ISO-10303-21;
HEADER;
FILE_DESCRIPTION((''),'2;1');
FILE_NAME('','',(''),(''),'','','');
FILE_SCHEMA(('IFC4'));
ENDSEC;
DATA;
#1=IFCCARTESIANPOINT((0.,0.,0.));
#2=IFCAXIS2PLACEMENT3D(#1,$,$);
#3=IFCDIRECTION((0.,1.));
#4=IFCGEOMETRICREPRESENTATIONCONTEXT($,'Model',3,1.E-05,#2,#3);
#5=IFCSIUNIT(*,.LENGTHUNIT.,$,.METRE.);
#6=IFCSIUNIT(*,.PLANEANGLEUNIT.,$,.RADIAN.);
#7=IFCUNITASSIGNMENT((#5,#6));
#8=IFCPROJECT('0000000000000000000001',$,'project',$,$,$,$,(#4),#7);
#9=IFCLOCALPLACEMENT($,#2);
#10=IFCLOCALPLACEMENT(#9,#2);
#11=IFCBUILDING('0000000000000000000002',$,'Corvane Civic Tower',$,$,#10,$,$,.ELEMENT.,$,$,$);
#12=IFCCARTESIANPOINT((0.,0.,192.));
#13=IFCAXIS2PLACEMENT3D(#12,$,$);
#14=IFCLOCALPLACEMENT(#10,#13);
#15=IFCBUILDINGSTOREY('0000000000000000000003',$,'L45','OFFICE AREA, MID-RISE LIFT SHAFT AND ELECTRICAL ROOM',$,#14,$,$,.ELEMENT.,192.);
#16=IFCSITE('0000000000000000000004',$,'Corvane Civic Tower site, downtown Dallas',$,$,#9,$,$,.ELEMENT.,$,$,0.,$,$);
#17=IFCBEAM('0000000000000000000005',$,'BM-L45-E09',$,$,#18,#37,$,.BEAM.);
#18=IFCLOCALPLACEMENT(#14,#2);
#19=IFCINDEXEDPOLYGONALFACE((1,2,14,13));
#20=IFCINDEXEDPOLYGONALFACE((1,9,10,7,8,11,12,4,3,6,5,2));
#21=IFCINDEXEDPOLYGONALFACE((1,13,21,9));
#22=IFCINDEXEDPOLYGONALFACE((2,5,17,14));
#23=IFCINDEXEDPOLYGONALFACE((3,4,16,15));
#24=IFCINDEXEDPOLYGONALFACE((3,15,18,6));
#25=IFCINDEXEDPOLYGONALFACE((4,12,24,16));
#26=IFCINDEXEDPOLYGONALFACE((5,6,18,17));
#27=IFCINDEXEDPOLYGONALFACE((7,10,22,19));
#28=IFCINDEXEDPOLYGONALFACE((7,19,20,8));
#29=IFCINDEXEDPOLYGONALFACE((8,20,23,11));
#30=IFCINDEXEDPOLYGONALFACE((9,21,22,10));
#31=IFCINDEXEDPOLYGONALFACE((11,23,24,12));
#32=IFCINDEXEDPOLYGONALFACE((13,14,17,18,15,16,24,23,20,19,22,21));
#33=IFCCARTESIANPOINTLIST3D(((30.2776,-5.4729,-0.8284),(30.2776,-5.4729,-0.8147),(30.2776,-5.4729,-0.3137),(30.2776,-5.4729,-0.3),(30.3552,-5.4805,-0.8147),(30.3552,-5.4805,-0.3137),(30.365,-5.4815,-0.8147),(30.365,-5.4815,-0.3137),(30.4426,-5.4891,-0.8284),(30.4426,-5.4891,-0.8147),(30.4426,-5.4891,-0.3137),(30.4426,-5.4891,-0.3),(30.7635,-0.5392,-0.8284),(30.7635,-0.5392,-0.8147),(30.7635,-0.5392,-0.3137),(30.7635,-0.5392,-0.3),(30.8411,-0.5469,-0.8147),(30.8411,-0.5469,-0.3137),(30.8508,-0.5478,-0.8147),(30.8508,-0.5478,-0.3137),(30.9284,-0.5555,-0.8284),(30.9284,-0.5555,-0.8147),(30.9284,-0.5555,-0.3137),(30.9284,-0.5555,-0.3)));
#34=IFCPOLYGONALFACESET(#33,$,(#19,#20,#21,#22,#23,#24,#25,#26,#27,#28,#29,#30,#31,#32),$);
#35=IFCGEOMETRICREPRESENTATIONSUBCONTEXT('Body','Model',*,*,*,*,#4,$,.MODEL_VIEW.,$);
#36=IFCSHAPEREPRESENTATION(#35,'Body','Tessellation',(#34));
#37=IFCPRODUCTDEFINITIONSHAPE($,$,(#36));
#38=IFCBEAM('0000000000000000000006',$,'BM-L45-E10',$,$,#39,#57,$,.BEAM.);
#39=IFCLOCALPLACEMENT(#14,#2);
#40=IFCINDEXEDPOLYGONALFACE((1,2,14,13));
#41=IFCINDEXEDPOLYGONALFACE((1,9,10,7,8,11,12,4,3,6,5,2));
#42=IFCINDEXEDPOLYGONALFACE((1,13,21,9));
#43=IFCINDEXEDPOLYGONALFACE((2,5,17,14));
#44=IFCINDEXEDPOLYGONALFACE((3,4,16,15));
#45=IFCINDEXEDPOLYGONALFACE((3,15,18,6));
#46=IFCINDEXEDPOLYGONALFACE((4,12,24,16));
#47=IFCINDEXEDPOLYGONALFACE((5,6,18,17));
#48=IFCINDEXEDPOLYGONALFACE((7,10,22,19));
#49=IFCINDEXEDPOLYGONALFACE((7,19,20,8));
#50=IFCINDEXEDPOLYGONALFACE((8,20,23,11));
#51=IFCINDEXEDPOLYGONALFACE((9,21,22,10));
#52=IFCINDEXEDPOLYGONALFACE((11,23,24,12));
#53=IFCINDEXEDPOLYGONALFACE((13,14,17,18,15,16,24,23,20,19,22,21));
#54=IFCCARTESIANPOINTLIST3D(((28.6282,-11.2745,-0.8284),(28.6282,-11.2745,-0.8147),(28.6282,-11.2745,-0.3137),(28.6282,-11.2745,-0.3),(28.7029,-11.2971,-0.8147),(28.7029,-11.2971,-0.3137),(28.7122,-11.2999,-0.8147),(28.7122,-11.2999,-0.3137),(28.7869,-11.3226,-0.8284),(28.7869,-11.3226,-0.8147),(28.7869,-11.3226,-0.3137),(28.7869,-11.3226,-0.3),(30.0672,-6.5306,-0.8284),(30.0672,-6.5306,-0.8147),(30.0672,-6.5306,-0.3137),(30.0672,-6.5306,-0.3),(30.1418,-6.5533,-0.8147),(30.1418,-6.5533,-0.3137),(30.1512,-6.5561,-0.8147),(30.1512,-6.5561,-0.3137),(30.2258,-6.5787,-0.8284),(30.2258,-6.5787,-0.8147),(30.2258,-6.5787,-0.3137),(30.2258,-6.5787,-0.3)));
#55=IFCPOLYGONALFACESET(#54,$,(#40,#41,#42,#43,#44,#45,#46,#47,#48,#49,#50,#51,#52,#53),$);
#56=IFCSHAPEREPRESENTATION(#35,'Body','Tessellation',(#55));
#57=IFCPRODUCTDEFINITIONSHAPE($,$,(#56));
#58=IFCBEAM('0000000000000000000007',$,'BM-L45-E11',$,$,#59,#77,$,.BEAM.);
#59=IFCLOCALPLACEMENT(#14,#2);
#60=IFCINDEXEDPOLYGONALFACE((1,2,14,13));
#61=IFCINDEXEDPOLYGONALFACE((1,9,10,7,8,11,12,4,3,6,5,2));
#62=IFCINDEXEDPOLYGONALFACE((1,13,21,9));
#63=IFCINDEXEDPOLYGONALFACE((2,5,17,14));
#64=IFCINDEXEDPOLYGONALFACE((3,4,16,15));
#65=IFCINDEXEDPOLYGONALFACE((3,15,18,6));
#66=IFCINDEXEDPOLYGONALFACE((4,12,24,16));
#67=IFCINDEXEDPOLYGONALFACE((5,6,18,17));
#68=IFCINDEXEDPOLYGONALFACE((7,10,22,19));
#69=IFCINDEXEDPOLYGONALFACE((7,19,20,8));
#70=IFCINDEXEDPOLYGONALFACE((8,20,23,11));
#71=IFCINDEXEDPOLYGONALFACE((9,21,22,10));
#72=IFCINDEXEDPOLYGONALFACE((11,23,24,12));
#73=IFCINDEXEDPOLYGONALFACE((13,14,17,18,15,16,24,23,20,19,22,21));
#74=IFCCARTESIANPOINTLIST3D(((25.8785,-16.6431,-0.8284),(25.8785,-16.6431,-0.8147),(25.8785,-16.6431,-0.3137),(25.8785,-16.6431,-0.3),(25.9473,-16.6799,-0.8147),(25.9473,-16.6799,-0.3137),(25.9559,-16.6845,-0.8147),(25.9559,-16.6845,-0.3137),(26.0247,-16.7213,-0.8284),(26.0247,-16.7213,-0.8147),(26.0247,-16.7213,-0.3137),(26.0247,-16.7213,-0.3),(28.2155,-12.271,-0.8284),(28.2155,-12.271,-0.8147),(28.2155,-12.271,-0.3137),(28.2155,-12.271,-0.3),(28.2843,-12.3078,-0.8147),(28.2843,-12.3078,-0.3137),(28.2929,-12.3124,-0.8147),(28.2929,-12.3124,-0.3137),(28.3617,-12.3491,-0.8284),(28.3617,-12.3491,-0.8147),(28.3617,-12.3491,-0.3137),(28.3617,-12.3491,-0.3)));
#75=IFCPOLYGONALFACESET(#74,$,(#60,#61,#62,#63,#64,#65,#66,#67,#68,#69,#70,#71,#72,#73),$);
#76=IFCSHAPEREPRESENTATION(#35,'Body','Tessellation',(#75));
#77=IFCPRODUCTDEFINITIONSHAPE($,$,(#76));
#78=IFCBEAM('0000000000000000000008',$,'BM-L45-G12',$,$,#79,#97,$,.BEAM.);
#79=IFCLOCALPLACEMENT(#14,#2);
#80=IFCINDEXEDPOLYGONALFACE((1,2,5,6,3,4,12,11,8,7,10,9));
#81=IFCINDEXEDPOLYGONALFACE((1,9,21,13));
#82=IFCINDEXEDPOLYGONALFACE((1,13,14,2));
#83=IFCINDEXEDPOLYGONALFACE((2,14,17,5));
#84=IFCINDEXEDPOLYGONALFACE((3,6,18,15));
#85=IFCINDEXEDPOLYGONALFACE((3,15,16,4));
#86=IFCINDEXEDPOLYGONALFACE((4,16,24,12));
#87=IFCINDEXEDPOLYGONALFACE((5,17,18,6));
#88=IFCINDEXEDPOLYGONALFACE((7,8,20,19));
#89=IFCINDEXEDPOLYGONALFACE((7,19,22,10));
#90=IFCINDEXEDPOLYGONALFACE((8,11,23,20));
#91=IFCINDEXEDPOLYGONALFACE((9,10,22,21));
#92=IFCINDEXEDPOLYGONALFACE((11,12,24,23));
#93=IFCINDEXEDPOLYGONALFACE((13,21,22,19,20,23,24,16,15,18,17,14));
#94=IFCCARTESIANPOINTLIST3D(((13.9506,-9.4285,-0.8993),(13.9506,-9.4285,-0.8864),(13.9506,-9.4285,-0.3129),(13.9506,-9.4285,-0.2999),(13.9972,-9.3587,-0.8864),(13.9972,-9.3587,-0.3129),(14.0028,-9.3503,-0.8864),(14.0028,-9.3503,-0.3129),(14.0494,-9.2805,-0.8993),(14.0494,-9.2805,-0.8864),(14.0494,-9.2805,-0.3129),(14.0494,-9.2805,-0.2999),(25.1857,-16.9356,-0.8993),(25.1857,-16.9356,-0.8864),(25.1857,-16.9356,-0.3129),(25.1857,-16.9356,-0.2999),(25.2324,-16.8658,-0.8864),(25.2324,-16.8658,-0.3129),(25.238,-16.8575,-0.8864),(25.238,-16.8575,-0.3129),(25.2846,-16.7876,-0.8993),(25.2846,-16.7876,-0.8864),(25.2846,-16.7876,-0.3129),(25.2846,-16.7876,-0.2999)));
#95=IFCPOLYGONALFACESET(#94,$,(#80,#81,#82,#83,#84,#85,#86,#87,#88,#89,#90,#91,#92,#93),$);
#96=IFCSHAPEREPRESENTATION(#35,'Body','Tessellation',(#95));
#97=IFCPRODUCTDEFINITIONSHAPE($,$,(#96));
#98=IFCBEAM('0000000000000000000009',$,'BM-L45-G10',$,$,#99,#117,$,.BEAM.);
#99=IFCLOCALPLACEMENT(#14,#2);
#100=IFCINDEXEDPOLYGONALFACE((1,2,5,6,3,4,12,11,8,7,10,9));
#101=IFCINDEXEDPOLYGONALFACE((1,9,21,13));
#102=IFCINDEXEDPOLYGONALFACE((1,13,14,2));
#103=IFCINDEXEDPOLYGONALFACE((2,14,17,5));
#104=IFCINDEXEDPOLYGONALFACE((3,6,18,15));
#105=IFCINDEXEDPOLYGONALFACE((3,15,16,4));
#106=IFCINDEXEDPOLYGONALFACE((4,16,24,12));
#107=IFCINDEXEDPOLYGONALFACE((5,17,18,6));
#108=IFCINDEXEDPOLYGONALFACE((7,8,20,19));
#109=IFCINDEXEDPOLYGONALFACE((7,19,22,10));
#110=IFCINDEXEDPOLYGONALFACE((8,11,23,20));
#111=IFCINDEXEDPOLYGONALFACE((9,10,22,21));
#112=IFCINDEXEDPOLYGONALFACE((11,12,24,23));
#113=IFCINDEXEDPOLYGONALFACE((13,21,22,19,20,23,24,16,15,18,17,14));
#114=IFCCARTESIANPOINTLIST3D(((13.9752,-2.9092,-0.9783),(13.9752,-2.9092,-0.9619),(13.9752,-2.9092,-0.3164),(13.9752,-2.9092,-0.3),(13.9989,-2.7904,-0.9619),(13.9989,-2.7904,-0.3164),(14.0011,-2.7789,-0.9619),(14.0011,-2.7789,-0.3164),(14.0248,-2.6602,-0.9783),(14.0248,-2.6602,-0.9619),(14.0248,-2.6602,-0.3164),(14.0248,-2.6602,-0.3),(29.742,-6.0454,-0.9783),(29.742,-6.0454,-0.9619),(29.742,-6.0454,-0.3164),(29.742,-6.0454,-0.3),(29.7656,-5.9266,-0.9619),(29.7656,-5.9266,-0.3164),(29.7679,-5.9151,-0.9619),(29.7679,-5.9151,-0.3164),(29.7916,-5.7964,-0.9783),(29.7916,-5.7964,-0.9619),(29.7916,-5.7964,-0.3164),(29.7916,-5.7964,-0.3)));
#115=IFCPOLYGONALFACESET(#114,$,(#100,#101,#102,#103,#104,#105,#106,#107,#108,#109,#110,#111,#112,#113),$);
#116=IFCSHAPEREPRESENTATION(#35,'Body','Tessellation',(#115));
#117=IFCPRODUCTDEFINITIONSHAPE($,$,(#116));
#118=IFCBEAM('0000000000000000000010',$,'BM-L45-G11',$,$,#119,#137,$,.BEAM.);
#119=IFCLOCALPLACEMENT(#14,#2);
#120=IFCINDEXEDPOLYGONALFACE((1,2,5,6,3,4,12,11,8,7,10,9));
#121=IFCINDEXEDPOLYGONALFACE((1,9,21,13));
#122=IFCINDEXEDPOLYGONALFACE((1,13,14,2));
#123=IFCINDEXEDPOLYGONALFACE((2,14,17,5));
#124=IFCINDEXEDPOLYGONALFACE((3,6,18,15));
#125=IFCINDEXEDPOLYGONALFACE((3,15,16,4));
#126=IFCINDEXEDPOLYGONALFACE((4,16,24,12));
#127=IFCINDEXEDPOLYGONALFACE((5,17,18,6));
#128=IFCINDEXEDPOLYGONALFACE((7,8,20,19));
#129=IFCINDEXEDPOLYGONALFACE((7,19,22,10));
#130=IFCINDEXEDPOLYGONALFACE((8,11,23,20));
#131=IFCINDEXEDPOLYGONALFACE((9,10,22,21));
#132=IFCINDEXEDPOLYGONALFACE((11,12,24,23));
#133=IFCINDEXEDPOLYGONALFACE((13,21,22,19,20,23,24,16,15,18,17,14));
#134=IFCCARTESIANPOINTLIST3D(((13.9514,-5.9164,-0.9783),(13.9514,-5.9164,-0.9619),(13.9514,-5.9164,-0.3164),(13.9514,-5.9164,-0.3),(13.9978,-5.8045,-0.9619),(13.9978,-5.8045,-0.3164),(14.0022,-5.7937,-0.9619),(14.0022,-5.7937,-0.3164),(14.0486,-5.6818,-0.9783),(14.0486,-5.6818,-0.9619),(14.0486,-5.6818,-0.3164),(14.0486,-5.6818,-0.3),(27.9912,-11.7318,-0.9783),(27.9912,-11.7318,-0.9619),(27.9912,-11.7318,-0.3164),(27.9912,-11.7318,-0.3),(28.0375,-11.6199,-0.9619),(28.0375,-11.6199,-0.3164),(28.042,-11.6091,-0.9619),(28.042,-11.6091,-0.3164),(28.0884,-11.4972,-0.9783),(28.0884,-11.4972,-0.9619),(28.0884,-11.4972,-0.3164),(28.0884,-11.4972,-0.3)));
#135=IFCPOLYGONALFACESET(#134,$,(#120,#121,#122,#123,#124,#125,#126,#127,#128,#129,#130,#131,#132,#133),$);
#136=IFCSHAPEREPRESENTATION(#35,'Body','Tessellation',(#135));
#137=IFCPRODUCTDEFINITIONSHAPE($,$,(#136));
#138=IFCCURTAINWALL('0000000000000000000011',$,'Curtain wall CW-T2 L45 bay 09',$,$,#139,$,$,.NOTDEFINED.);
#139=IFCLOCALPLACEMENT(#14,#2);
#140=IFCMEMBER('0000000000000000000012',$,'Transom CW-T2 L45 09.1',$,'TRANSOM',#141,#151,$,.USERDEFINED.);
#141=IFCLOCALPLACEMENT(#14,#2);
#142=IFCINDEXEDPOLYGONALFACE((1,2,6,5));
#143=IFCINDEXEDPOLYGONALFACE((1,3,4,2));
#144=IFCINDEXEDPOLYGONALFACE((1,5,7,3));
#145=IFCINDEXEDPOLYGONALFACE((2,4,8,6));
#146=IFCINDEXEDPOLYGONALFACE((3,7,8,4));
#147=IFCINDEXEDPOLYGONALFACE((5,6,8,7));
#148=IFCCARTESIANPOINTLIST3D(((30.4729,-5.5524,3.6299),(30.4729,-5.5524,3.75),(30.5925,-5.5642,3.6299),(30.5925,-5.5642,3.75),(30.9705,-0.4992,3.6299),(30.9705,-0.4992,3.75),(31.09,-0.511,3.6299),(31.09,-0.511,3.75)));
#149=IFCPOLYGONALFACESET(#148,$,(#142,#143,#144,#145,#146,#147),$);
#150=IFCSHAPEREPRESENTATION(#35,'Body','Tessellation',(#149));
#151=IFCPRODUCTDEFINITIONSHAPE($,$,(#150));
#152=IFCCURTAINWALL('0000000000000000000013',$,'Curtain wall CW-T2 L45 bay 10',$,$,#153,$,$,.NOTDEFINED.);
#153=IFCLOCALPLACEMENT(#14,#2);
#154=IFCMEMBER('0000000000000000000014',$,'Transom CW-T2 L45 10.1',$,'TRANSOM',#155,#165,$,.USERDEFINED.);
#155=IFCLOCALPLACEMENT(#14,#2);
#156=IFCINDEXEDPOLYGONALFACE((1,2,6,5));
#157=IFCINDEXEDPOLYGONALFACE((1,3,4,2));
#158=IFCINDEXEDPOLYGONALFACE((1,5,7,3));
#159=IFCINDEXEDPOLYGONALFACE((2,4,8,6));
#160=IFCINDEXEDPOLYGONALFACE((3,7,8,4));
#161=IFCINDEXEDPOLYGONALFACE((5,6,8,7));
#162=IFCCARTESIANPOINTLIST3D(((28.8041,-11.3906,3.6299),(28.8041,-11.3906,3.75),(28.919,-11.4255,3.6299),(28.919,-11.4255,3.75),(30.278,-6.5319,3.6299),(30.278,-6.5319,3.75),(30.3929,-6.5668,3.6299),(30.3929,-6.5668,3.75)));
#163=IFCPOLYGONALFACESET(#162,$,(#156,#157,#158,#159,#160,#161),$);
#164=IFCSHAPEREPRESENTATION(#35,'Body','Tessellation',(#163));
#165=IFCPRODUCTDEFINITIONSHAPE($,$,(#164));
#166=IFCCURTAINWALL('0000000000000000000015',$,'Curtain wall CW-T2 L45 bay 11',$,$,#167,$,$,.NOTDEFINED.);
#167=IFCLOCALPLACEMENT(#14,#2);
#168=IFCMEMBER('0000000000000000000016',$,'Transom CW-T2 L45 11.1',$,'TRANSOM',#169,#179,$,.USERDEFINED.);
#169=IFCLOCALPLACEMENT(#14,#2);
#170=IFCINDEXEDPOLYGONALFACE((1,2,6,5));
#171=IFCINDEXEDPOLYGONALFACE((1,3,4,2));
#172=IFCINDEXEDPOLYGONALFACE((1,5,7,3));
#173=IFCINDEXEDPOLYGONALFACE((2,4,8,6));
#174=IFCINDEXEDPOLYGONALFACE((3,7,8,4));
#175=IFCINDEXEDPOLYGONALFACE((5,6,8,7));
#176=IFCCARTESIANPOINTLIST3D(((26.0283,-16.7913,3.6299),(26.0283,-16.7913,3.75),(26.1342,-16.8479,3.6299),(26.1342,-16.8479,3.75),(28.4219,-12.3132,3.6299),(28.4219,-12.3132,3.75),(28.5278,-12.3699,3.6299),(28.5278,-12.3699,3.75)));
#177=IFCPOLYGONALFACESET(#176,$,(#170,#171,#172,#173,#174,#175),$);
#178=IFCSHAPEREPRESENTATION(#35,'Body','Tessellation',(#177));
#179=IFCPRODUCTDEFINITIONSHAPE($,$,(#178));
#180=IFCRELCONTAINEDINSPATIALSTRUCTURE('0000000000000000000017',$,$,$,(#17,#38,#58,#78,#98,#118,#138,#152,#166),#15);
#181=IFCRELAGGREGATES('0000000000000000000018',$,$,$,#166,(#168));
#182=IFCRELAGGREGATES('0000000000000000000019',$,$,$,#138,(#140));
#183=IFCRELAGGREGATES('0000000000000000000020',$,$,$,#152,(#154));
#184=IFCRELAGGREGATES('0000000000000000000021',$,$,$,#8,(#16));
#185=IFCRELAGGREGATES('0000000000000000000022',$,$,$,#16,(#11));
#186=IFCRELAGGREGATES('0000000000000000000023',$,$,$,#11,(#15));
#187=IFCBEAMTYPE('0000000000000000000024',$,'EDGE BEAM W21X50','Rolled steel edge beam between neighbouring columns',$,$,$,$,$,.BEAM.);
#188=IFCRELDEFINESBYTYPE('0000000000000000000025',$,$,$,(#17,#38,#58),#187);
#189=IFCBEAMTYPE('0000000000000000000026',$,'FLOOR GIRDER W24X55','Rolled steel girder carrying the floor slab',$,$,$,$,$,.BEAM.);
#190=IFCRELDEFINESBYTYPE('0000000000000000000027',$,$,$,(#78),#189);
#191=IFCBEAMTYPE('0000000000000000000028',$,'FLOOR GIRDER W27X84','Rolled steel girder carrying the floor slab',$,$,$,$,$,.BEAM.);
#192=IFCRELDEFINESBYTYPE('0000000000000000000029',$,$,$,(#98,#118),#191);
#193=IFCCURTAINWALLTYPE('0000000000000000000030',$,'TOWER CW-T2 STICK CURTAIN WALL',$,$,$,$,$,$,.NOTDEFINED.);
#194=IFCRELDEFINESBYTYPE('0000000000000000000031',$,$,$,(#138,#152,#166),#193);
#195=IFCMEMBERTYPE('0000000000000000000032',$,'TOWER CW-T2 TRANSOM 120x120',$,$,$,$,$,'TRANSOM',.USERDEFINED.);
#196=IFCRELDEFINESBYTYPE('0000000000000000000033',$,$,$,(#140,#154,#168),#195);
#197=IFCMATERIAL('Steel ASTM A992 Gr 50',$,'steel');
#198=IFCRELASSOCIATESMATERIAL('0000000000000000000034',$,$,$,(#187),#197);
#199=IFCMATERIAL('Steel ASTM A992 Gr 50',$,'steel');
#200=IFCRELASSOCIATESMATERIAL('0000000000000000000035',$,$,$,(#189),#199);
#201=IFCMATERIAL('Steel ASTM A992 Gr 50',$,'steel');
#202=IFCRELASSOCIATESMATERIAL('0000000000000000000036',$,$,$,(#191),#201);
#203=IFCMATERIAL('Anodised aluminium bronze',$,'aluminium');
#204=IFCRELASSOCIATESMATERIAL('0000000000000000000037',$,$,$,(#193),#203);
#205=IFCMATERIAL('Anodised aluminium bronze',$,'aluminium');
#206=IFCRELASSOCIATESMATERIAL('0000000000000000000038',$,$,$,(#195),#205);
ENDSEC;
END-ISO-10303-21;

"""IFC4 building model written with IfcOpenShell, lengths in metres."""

from ifc_helpers import new_model, si_unit, direction, frame, origin, origin_2d, place, context, subcontext, project, spatial, rectangle, i_section, extrude, material, material_profile, profile_set, type_object, element, aggregate, save


model = new_model("IFC4")

# Units and contexts
model_context = context("Model", 3, precision=1e-05, world=origin(), true_north=direction((0.0, 1.0)))
body_context = subcontext(model_context, "Body", "Model", "MODEL_VIEW")
ifc_project = project(units=[si_unit("LENGTHUNIT", "METRE"), si_unit("PLANEANGLEUNIT", "RADIAN")], contexts=[model_context])

# Site, building, storey
site_placement = place(None, origin())
site = spatial("IfcSite", under=ifc_project, at=site_placement, Name="Corvane Civic Tower site, downtown Dallas", CompositionType="ELEMENT", RefElevation=0.0)
building_placement = place(site_placement, origin())
building = spatial("IfcBuilding", under=site, at=building_placement, Name="Corvane Civic Tower", CompositionType="ELEMENT")
storey_placement = place(building_placement, frame((0.0, 0.0, 192.0)))
storey = spatial("IfcBuildingStorey", under=building, at=storey_placement, Name="L45", Description="OFFICE AREA, MID-RISE LIFT SHAFT AND ELECTRICAL ROOM", CompositionType="ELEMENT", Elevation=192.0)

# Beams
ifc_material_1 = material(Name="Steel ASTM A992 Gr 50", Category="steel")
ifc_material_profile_1 = material_profile(ifc_material_1, i_section(OverallWidth=0.1658, OverallDepth=0.5283, WebThickness=0.0098, FlangeThickness=0.0137, at=origin_2d()), Name="W21X50")
ifc_profile_set_1 = profile_set([ifc_material_profile_1], Name="Steel ASTM A992 Gr 50")
beam_type_1 = type_object("IfcBeamType", Name="EDGE BEAM W21X50", Description="Rolled steel edge beam between neighbouring columns", PredefinedType="BEAM", material=ifc_profile_set_1)
beam_1_placement = place(storey_placement, frame((30.8459, -0.5474, -0.5642), z_axis=(-0.098002, -0.995186, 0.0), x_axis=(0.995186, -0.098002, 0.0)))
element("IfcBeam", 1, at=beam_1_placement, inside=storey, type_object=beam_type_1, Name="BM-L45-E09", PredefinedType="BEAM", context=body_context, shape_type="SweptSolid", body=[
    extrude(i_section(OverallWidth=0.1658, OverallDepth=0.5283, WebThickness=0.0098, FlangeThickness=0.0137, at=origin_2d()), origin(), (0.0, 0.0, 1.0), 4.9575),
])
beam_2_placement = place(storey_placement, frame((30.1465, -6.5547, -0.5642), z_axis=(-0.29027, -0.956945, 0.0), x_axis=(0.956945, -0.29027, 0.0)))
element("IfcBeam", 2, at=beam_2_placement, inside=storey, type_object=beam_type_1, Name="BM-L45-E10", PredefinedType="BEAM", context=body_context, shape_type="SweptSolid", body=[
    extrude(i_section(OverallWidth=0.1658, OverallDepth=0.5283, WebThickness=0.0098, FlangeThickness=0.0137, at=origin_2d()), origin(), (0.0, 0.0, 1.0), 4.9573),
])
beam_3_placement = place(storey_placement, frame((28.2886, -12.3101, -0.5642), z_axis=(-0.471396, -0.881922, 0.0), x_axis=(0.881922, -0.471396, 0.0)))
element("IfcBeam", 3, at=beam_3_placement, inside=storey, type_object=beam_type_1, Name="BM-L45-E11", PredefinedType="BEAM", context=body_context, shape_type="SweptSolid", body=[
    extrude(i_section(OverallWidth=0.1658, OverallDepth=0.5283, WebThickness=0.0098, FlangeThickness=0.0137, at=origin_2d()), origin(), (0.0, 0.0, 1.0), 4.9575),
])
ifc_material_2 = material(Name="Steel ASTM A992 Gr 50", Category="steel")
ifc_material_profile_2 = material_profile(ifc_material_2, i_section(OverallWidth=0.178, OverallDepth=0.5994, WebThickness=0.01, FlangeThickness=0.0129, at=origin_2d()), Name="W24X55")
ifc_profile_set_2 = profile_set([ifc_material_profile_2], Name="Steel ASTM A992 Gr 50")
beam_type_2 = type_object("IfcBeamType", Name="FLOOR GIRDER W24X55", Description="Rolled steel girder carrying the floor slab", PredefinedType="BEAM", material=ifc_profile_set_2)
beam_4_placement = place(storey_placement, frame((14.0, -9.3545, -0.5996), z_axis=(0.831469, -0.555571, 0.0), x_axis=(0.555571, 0.831469, 0.0)))
element("IfcBeam", 4, at=beam_4_placement, inside=storey, type_object=beam_type_2, Name="BM-L45-G12", PredefinedType="BEAM", context=body_context, shape_type="SweptSolid", body=[
    extrude(i_section(OverallWidth=0.178, OverallDepth=0.5994, WebThickness=0.01, FlangeThickness=0.0129, at=origin_2d()), origin(), (0.0, 0.0, 1.0), 13.5125),
])
ifc_material_3 = material(Name="Steel ASTM A992 Gr 50", Category="steel")
ifc_material_profile_3 = material_profile(ifc_material_3, i_section(OverallWidth=0.2539, OverallDepth=0.6782, WebThickness=0.0117, FlangeThickness=0.0164, at=origin_2d()), Name="W27X84")
ifc_profile_set_3 = profile_set([ifc_material_profile_3], Name="Steel ASTM A992 Gr 50")
beam_type_3 = type_object("IfcBeamType", Name="FLOOR GIRDER W27X84", Description="Rolled steel girder carrying the floor slab", PredefinedType="BEAM", material=ifc_profile_set_3)
beam_5_placement = place(storey_placement, frame((14.0, -2.7847, -0.6392), z_axis=(0.980785, -0.195091, 0.0), x_axis=(0.195091, 0.980785, 0.0)))
element("IfcBeam", 5, at=beam_5_placement, inside=storey, type_object=beam_type_3, Name="BM-L45-G10", PredefinedType="BEAM", context=body_context, shape_type="SweptSolid", body=[
    extrude(i_section(OverallWidth=0.2539, OverallDepth=0.6782, WebThickness=0.0117, FlangeThickness=0.0164, at=origin_2d()), origin(), (0.0, 0.0, 1.0), 16.0757),
])
beam_6_placement = place(storey_placement, frame((14.0, -5.7991, -0.6392), z_axis=(0.923881, -0.382681, 0.0), x_axis=(0.382681, 0.923881, 0.0)))
element("IfcBeam", 6, at=beam_6_placement, inside=storey, type_object=beam_type_3, Name="BM-L45-G11", PredefinedType="BEAM", context=body_context, shape_type="SweptSolid", body=[
    extrude(i_section(OverallWidth=0.2539, OverallDepth=0.6782, WebThickness=0.0117, FlangeThickness=0.0164, at=origin_2d()), origin(), (0.0, 0.0, 1.0), 15.1965),
])

# Curtain walls, members
ifc_material_4 = material(Name="Anodised aluminium bronze", Category="aluminium")
curtain_wall_type = type_object("IfcCurtainWallType", Name="TOWER CW-T2 STICK CURTAIN WALL", PredefinedType="NOTDEFINED", material=ifc_material_4)
curtain_wall_1_placement = place(storey_placement, origin())
curtain_wall_1 = element("IfcCurtainWall", 7, at=curtain_wall_1_placement, inside=storey, type_object=curtain_wall_type, Name="Curtain wall CW-T2 L45 bay 09", PredefinedType="NOTDEFINED")
ifc_material_5 = material(Name="Anodised aluminium bronze", Category="aluminium")
ifc_material_profile_4 = material_profile(ifc_material_5, rectangle(XDim=0.1201, YDim=0.1201, at=origin_2d()), Name="TOWER CW-T2 TRANSOM 120x120")
ifc_profile_set_4 = profile_set([ifc_material_profile_4], Name="Anodised aluminium bronze")
member_type = type_object("IfcMemberType", Name="TOWER CW-T2 TRANSOM 120x120", ElementType="TRANSOM", PredefinedType="USERDEFINED", material=ifc_profile_set_4)
member_1_placement = place(storey_placement, frame((31.0303, -0.5051, 3.6899), z_axis=(-0.09799, -0.995187, 0.0), x_axis=(0.995187, -0.09799, 0.0)))
member_1 = element("IfcMember", 8, at=member_1_placement, type_object=member_type, Name="Transom CW-T2 L45 09.1", ObjectType="TRANSOM", PredefinedType="USERDEFINED", context=body_context, shape_type="SweptSolid", body=[
    extrude(rectangle(XDim=0.1201, YDim=0.1201, at=origin_2d()), origin(), (0.0, 0.0, 1.0), 5.0776),
])
curtain_wall_2_placement = place(storey_placement, origin())
curtain_wall_2 = element("IfcCurtainWall", 9, at=curtain_wall_2_placement, inside=storey, type_object=curtain_wall_type, Name="Curtain wall CW-T2 L45 bay 10", PredefinedType="NOTDEFINED")
member_2_placement = place(storey_placement, frame((30.3354, -6.5493, 3.6899), z_axis=(-0.290289, -0.956939, 0.0), x_axis=(0.956939, -0.290289, 0.0)))
member_2 = element("IfcMember", 10, at=member_2_placement, type_object=member_type, Name="Transom CW-T2 L45 10.1", ObjectType="TRANSOM", PredefinedType="USERDEFINED", context=body_context, shape_type="SweptSolid", body=[
    extrude(rectangle(XDim=0.1201, YDim=0.1201, at=origin_2d()), origin(), (0.0, 0.0, 1.0), 5.0774),
])
curtain_wall_3_placement = place(storey_placement, origin())
curtain_wall_3 = element("IfcCurtainWall", 11, at=curtain_wall_3_placement, inside=storey, type_object=curtain_wall_type, Name="Curtain wall CW-T2 L45 bay 11", PredefinedType="NOTDEFINED")
member_3_placement = place(storey_placement, frame((28.4749, -12.3416, 3.6899), z_axis=(-0.471397, -0.881921, 0.0), x_axis=(0.881921, -0.471397, 0.0)))
member_3 = element("IfcMember", 12, at=member_3_placement, type_object=member_type, Name="Transom CW-T2 L45 11.1", ObjectType="TRANSOM", PredefinedType="USERDEFINED", context=body_context, shape_type="SweptSolid", body=[
    extrude(rectangle(XDim=0.1201, YDim=0.1201, at=origin_2d()), origin(), (0.0, 0.0, 1.0), 5.0776),
])
aggregate(curtain_wall_3, [member_3])

aggregate(curtain_wall_1, [member_1])
aggregate(curtain_wall_2, [member_2])

save(model, "model.ifc")
